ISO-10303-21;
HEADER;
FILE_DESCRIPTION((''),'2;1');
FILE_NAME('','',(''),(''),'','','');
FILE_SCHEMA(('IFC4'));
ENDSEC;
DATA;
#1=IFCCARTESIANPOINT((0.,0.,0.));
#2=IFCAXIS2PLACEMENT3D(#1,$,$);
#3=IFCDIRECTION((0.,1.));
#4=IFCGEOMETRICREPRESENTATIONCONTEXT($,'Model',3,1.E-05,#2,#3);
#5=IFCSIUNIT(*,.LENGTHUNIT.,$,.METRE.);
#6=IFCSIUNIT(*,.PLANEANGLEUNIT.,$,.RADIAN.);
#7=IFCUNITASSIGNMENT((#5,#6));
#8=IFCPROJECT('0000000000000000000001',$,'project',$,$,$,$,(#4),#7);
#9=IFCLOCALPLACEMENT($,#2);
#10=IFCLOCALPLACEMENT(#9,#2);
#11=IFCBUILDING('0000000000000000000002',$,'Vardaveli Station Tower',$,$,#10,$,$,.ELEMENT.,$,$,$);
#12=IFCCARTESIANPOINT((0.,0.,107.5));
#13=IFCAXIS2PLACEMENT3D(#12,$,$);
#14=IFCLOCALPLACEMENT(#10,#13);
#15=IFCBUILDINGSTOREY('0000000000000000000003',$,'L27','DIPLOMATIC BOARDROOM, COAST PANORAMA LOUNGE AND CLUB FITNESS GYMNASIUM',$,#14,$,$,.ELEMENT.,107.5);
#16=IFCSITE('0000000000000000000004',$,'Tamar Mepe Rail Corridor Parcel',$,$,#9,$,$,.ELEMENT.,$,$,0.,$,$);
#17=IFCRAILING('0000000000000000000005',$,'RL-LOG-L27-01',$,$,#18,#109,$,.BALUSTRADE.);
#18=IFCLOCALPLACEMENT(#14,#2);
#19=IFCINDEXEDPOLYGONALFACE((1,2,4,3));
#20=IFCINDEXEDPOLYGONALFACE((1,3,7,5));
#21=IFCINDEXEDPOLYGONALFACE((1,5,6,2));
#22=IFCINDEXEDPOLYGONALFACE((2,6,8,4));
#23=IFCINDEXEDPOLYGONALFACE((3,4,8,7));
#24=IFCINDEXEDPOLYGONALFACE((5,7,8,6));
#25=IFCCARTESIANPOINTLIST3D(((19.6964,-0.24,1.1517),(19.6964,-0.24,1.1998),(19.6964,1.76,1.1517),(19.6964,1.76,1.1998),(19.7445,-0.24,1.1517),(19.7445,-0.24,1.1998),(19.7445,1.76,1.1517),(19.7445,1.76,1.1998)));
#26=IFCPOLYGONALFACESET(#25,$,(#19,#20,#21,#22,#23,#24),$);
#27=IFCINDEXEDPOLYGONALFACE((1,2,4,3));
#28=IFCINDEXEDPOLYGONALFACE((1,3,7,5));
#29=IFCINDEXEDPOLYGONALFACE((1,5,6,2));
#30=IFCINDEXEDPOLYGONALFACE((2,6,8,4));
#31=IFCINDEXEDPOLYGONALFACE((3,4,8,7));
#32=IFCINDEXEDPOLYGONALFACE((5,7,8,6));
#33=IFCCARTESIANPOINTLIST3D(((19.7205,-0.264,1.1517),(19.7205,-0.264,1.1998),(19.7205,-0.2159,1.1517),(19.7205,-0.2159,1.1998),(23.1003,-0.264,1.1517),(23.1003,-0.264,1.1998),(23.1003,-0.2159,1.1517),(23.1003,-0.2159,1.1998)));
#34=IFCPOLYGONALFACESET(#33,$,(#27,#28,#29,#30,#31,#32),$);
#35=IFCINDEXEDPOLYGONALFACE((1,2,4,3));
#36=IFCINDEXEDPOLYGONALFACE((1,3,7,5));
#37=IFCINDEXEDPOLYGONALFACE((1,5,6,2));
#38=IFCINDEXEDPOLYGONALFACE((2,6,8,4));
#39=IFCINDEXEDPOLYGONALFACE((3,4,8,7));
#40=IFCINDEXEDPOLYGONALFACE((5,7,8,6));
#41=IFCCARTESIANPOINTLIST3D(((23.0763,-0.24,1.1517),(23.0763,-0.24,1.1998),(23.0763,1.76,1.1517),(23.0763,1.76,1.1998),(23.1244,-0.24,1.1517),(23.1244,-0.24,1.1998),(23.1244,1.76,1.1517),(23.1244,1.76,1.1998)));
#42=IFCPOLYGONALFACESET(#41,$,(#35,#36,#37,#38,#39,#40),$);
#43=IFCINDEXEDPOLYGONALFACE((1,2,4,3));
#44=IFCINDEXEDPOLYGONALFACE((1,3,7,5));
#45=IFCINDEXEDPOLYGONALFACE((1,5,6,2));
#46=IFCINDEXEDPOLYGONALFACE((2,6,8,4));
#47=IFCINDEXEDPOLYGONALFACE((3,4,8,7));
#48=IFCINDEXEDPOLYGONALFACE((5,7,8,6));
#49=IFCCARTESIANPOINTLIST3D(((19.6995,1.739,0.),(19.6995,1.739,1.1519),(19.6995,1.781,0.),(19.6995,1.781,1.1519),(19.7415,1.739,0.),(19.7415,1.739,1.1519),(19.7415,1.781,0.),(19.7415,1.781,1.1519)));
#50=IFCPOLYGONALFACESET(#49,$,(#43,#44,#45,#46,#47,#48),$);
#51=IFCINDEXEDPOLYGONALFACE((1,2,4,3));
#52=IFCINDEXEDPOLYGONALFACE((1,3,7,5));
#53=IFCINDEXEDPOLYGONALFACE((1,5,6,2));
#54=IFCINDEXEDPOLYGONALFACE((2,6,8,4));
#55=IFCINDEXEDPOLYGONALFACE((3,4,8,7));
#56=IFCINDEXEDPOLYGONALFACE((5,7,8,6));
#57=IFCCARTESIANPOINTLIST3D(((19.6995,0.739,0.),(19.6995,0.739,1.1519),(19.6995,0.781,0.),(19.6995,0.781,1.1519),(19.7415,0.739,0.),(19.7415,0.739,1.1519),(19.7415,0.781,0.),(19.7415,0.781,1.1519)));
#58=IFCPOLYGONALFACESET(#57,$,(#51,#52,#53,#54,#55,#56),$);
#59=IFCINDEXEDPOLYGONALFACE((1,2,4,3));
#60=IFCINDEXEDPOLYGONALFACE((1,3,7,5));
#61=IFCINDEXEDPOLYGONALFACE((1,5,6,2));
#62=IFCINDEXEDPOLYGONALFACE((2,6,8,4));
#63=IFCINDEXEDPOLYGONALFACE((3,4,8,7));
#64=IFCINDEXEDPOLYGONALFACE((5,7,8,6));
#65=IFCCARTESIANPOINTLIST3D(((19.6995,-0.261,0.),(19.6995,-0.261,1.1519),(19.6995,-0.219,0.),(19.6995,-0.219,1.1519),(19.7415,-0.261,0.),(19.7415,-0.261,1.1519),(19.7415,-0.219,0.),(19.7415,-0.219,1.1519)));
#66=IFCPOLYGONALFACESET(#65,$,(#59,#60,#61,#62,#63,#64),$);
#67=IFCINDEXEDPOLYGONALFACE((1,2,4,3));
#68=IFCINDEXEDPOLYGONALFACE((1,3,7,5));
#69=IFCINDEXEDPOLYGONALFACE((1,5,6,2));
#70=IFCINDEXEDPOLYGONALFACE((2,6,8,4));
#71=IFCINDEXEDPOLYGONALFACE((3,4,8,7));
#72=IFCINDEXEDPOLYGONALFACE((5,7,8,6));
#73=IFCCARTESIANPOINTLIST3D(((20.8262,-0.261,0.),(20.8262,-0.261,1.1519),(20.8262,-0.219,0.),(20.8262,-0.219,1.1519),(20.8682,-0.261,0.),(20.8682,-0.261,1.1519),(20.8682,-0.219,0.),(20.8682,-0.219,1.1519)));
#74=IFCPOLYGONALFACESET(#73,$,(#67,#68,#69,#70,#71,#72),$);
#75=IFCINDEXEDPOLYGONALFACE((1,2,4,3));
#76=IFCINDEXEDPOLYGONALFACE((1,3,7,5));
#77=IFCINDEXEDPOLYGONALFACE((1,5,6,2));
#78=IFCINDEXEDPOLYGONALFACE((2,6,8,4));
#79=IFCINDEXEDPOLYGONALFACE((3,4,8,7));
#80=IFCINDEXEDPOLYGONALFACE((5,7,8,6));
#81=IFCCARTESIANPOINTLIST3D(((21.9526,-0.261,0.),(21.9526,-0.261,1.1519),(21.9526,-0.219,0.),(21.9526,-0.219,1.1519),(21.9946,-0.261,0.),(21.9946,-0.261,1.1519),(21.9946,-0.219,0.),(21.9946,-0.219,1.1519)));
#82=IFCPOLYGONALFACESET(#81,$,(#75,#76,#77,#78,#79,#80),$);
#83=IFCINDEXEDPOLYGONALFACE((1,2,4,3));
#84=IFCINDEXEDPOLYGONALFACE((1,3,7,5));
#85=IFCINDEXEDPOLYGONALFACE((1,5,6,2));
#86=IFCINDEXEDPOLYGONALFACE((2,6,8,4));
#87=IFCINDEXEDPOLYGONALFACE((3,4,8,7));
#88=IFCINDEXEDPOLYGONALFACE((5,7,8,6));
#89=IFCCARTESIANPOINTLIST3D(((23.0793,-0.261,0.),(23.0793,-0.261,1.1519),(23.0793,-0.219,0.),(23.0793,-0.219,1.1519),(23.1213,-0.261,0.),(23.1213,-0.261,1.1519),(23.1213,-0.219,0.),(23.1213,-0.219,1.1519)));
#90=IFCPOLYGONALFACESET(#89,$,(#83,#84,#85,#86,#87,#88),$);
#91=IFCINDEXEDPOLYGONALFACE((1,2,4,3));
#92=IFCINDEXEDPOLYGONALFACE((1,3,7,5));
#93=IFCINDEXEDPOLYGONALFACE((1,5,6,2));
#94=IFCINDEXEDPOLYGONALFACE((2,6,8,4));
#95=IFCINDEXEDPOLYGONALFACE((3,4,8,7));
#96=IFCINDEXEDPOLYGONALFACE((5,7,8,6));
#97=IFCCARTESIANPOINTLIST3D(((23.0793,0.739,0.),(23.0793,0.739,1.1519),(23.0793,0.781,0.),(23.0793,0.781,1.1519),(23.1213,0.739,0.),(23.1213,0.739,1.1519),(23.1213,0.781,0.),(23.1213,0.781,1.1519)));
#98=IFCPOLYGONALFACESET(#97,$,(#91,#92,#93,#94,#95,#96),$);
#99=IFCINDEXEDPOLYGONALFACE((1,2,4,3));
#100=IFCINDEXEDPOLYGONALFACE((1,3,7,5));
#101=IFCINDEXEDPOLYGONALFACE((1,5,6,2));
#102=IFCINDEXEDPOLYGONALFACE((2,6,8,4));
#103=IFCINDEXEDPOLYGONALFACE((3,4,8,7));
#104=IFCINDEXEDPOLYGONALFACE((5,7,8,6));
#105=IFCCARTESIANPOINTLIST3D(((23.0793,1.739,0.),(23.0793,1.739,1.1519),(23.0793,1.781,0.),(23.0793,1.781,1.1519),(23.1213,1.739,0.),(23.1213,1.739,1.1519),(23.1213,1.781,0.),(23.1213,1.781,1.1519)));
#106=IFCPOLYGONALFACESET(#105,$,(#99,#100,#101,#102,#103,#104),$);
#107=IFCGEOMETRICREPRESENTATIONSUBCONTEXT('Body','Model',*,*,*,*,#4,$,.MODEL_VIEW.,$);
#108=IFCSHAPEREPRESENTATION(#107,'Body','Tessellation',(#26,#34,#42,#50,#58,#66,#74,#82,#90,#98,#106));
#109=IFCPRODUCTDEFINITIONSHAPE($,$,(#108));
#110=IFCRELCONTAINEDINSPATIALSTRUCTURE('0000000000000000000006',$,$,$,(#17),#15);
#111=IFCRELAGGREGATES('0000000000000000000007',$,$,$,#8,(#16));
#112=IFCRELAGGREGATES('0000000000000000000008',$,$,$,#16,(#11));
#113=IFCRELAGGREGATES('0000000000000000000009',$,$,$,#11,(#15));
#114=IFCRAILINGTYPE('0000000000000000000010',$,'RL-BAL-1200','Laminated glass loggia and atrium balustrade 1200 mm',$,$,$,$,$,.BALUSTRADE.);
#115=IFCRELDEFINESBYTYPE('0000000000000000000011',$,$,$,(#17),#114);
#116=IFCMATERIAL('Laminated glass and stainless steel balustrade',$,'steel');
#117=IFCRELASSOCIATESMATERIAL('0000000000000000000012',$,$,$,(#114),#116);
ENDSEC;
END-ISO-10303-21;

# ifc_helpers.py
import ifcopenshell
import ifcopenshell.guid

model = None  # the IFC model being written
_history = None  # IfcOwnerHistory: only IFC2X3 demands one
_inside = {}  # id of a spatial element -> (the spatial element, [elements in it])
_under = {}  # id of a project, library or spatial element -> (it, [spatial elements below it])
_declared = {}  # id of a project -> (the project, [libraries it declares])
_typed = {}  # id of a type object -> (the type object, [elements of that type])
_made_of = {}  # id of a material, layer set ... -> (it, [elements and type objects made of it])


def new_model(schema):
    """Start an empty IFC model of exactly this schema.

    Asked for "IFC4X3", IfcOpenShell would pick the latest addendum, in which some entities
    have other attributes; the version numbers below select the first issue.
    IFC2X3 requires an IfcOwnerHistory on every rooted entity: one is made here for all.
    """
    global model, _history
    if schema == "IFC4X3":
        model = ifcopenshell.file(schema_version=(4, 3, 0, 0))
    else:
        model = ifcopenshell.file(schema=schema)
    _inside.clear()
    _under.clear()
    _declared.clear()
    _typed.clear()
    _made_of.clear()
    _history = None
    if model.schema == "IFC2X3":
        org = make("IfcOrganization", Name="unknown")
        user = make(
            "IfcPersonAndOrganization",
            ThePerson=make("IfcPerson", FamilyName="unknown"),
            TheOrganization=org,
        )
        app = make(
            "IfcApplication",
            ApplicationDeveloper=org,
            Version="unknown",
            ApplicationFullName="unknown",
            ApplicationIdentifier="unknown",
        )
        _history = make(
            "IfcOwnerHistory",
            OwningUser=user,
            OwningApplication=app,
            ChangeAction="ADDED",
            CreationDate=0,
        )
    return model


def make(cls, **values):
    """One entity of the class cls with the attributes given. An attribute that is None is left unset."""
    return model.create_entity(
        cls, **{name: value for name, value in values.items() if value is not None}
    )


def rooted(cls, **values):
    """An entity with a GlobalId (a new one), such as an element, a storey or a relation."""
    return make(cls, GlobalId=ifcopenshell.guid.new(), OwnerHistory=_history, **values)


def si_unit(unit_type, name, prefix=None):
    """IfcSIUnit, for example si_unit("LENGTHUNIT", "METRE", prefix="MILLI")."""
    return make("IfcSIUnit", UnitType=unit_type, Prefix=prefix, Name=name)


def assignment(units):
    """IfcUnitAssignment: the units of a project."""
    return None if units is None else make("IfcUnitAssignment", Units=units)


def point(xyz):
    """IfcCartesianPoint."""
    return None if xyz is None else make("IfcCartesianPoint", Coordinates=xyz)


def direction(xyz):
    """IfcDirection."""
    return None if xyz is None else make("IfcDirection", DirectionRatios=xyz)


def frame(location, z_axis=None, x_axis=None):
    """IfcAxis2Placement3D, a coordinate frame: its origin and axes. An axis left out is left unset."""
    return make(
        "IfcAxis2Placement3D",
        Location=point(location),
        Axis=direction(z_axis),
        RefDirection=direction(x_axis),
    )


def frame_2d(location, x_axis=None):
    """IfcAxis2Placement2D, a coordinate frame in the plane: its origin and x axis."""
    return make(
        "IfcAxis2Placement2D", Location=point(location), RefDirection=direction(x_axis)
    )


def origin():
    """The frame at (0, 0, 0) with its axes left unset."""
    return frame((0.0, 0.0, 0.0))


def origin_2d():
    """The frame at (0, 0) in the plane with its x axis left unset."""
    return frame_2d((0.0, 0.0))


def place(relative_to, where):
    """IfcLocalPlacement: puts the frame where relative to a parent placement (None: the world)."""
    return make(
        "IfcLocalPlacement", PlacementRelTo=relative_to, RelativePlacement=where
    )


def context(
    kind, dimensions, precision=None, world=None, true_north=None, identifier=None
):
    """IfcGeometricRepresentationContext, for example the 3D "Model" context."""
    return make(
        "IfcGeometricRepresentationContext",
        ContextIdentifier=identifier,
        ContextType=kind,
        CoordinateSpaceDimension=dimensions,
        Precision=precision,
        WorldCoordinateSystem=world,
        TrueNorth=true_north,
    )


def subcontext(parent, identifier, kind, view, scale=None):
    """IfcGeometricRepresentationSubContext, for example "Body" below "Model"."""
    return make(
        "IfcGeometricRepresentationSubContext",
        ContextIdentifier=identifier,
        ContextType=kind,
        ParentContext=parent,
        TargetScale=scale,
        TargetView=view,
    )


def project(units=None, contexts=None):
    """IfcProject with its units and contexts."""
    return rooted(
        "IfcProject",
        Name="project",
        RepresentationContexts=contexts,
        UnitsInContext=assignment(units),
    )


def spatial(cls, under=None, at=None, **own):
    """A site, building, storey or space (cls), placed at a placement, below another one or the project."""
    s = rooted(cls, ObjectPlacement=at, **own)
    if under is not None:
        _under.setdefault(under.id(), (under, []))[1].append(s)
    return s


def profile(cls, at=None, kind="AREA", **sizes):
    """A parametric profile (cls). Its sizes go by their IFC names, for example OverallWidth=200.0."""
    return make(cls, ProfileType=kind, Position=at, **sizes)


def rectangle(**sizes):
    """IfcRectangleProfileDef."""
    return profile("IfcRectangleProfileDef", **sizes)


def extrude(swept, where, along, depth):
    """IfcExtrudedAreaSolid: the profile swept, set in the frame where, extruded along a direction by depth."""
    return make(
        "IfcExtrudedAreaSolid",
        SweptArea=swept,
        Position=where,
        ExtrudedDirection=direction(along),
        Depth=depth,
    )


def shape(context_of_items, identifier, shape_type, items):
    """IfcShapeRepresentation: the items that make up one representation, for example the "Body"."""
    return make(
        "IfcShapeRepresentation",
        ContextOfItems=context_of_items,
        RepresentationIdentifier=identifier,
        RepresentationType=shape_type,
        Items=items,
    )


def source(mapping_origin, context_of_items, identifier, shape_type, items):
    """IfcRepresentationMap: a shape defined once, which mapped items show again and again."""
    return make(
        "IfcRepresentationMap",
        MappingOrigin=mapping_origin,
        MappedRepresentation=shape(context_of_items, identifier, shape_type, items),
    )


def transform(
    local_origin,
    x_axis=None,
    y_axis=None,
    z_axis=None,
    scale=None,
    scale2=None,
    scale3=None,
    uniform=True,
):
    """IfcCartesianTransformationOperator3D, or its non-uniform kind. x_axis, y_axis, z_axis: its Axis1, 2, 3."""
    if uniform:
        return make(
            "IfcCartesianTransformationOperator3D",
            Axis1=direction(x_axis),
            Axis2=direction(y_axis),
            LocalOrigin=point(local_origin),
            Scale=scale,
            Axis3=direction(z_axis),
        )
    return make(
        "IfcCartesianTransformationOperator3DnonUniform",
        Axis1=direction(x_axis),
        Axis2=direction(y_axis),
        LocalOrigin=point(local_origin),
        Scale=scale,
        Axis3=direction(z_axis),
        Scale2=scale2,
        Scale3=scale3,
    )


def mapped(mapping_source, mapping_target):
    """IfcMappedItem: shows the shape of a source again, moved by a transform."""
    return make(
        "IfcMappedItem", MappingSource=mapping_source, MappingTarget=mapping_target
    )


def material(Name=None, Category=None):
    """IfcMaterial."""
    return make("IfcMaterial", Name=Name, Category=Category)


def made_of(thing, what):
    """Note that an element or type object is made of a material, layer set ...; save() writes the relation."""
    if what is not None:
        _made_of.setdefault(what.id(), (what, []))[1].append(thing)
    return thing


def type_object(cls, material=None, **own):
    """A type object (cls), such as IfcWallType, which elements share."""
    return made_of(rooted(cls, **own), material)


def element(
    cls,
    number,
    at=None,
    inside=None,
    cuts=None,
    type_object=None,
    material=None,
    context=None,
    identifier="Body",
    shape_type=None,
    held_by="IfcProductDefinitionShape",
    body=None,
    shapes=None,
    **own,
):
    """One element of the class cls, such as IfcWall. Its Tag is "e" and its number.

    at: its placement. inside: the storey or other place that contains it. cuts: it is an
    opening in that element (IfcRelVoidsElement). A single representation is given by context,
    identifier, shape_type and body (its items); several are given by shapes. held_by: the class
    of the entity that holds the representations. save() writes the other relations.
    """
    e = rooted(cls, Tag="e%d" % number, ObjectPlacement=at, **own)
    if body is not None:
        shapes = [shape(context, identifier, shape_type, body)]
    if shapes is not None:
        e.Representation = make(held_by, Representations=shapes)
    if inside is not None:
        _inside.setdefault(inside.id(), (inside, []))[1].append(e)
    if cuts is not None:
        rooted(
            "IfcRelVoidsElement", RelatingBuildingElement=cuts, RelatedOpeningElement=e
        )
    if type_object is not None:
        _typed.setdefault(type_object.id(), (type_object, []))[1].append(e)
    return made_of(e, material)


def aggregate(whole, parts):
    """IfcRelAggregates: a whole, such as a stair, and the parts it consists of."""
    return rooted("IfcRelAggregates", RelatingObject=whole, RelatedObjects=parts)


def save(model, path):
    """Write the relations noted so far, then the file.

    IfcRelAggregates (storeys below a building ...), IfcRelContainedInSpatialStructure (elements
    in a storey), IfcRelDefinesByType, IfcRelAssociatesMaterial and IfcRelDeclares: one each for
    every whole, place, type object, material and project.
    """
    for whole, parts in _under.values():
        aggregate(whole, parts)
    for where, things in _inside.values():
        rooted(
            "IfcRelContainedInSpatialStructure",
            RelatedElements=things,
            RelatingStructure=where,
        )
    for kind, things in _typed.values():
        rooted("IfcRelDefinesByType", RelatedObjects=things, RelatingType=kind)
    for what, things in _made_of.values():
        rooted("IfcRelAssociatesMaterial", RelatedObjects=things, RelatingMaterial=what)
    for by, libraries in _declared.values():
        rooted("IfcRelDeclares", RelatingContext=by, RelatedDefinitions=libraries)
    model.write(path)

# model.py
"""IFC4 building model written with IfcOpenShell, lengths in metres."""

from ifc_helpers import new_model, si_unit, direction, frame, origin, origin_2d, place, context, subcontext, project, spatial, rectangle, extrude, source, transform, mapped, material, type_object, element, save


model = new_model("IFC4")

# Units and contexts
model_context = context("Model", 3, precision=1e-05, world=origin(), true_north=direction((0.0, 1.0)))
body_context = subcontext(model_context, "Body", "Model", "MODEL_VIEW")
ifc_project = project(units=[si_unit("LENGTHUNIT", "METRE"), si_unit("PLANEANGLEUNIT", "RADIAN")], contexts=[model_context])

# Site, building, storey
site_placement = place(None, origin())
site = spatial("IfcSite", under=ifc_project, at=site_placement, Name="Tamar Mepe Rail Corridor Parcel", CompositionType="ELEMENT", RefElevation=0.0)
building_placement = place(site_placement, origin())
building = spatial("IfcBuilding", under=site, at=building_placement, Name="Vardaveli Station Tower", CompositionType="ELEMENT")
storey_placement = place(building_placement, frame((0.0, 0.0, 107.5)))
storey = spatial("IfcBuildingStorey", under=building, at=storey_placement, Name="L27", Description="DIPLOMATIC BOARDROOM, COAST PANORAMA LOUNGE AND CLUB FITNESS GYMNASIUM", CompositionType="ELEMENT", Elevation=107.5)

# Railing
ifc_material_1 = material(Name="Laminated glass and stainless steel balustrade", Category="steel")
railing_type = type_object("IfcRailingType", Name="RL-BAL-1200", Description="Laminated glass loggia and atrium balustrade 1200 mm", PredefinedType="BALUSTRADE", material=ifc_material_1)
shared_shape_1 = source(origin(), body_context, "Body", "SweptSolid", [
    extrude(rectangle(XDim=0.0481, YDim=0.0481, at=origin_2d()), frame((0.0, 0.0, 1.1758), z_axis=(0.0, -1.0, 0.0), x_axis=(1.0, 0.0, 0.0)), (0.0, 0.0, 1.0), 2.0),
    extrude(rectangle(XDim=0.0481, YDim=0.0481, at=origin_2d()), frame((0.0, -2.0, 1.1758), z_axis=(1.0, 0.0, 0.0), x_axis=(0.0, 1.0, 0.0)), (0.0, 0.0, 1.0), 3.3799),
    extrude(rectangle(XDim=0.0481, YDim=0.0481, at=origin_2d()), frame((3.3799, -2.0, 1.1758), z_axis=(0.0, 1.0, 0.0), x_axis=(-1.0, 0.0, 0.0)), (0.0, 0.0, 1.0), 2.0),
    extrude(rectangle(XDim=0.042, YDim=0.042, at=origin_2d()), origin(), (0.0, 0.0, 1.0), 1.1519),
    extrude(rectangle(XDim=0.042, YDim=0.042, at=origin_2d()), frame((0.0, -1.0, 0.0)), (0.0, 0.0, 1.0), 1.1519),
    extrude(rectangle(XDim=0.042, YDim=0.042, at=origin_2d()), frame((0.0, -2.0, 0.0)), (0.0, 0.0, 1.0), 1.1519),
    extrude(rectangle(XDim=0.042, YDim=0.042, at=origin_2d()), frame((1.1267, -2.0, 0.0)), (0.0, 0.0, 1.0), 1.1519),
    extrude(rectangle(XDim=0.042, YDim=0.042, at=origin_2d()), frame((2.2532, -2.0, 0.0)), (0.0, 0.0, 1.0), 1.1519),
    extrude(rectangle(XDim=0.042, YDim=0.042, at=origin_2d()), frame((3.3799, -2.0, 0.0)), (0.0, 0.0, 1.0), 1.1519),
    extrude(rectangle(XDim=0.042, YDim=0.042, at=origin_2d()), frame((3.3799, -1.0, 0.0)), (0.0, 0.0, 1.0), 1.1519),
    extrude(rectangle(XDim=0.042, YDim=0.042, at=origin_2d()), frame((3.3799, 0.0, 0.0)), (0.0, 0.0, 1.0), 1.1519),
])
railing_placement = place(storey_placement, frame((19.7205, 1.76, 0.0)))
element("IfcRailing", 1, at=railing_placement, inside=storey, type_object=railing_type, Name="RL-LOG-L27-01", PredefinedType="BALUSTRADE", context=body_context, shape_type="MappedRepresentation", body=[
    mapped(shared_shape_1, transform((0.0, 0.0, 0.0), scale=1.0)),
])

save(model, "model.ifc")
